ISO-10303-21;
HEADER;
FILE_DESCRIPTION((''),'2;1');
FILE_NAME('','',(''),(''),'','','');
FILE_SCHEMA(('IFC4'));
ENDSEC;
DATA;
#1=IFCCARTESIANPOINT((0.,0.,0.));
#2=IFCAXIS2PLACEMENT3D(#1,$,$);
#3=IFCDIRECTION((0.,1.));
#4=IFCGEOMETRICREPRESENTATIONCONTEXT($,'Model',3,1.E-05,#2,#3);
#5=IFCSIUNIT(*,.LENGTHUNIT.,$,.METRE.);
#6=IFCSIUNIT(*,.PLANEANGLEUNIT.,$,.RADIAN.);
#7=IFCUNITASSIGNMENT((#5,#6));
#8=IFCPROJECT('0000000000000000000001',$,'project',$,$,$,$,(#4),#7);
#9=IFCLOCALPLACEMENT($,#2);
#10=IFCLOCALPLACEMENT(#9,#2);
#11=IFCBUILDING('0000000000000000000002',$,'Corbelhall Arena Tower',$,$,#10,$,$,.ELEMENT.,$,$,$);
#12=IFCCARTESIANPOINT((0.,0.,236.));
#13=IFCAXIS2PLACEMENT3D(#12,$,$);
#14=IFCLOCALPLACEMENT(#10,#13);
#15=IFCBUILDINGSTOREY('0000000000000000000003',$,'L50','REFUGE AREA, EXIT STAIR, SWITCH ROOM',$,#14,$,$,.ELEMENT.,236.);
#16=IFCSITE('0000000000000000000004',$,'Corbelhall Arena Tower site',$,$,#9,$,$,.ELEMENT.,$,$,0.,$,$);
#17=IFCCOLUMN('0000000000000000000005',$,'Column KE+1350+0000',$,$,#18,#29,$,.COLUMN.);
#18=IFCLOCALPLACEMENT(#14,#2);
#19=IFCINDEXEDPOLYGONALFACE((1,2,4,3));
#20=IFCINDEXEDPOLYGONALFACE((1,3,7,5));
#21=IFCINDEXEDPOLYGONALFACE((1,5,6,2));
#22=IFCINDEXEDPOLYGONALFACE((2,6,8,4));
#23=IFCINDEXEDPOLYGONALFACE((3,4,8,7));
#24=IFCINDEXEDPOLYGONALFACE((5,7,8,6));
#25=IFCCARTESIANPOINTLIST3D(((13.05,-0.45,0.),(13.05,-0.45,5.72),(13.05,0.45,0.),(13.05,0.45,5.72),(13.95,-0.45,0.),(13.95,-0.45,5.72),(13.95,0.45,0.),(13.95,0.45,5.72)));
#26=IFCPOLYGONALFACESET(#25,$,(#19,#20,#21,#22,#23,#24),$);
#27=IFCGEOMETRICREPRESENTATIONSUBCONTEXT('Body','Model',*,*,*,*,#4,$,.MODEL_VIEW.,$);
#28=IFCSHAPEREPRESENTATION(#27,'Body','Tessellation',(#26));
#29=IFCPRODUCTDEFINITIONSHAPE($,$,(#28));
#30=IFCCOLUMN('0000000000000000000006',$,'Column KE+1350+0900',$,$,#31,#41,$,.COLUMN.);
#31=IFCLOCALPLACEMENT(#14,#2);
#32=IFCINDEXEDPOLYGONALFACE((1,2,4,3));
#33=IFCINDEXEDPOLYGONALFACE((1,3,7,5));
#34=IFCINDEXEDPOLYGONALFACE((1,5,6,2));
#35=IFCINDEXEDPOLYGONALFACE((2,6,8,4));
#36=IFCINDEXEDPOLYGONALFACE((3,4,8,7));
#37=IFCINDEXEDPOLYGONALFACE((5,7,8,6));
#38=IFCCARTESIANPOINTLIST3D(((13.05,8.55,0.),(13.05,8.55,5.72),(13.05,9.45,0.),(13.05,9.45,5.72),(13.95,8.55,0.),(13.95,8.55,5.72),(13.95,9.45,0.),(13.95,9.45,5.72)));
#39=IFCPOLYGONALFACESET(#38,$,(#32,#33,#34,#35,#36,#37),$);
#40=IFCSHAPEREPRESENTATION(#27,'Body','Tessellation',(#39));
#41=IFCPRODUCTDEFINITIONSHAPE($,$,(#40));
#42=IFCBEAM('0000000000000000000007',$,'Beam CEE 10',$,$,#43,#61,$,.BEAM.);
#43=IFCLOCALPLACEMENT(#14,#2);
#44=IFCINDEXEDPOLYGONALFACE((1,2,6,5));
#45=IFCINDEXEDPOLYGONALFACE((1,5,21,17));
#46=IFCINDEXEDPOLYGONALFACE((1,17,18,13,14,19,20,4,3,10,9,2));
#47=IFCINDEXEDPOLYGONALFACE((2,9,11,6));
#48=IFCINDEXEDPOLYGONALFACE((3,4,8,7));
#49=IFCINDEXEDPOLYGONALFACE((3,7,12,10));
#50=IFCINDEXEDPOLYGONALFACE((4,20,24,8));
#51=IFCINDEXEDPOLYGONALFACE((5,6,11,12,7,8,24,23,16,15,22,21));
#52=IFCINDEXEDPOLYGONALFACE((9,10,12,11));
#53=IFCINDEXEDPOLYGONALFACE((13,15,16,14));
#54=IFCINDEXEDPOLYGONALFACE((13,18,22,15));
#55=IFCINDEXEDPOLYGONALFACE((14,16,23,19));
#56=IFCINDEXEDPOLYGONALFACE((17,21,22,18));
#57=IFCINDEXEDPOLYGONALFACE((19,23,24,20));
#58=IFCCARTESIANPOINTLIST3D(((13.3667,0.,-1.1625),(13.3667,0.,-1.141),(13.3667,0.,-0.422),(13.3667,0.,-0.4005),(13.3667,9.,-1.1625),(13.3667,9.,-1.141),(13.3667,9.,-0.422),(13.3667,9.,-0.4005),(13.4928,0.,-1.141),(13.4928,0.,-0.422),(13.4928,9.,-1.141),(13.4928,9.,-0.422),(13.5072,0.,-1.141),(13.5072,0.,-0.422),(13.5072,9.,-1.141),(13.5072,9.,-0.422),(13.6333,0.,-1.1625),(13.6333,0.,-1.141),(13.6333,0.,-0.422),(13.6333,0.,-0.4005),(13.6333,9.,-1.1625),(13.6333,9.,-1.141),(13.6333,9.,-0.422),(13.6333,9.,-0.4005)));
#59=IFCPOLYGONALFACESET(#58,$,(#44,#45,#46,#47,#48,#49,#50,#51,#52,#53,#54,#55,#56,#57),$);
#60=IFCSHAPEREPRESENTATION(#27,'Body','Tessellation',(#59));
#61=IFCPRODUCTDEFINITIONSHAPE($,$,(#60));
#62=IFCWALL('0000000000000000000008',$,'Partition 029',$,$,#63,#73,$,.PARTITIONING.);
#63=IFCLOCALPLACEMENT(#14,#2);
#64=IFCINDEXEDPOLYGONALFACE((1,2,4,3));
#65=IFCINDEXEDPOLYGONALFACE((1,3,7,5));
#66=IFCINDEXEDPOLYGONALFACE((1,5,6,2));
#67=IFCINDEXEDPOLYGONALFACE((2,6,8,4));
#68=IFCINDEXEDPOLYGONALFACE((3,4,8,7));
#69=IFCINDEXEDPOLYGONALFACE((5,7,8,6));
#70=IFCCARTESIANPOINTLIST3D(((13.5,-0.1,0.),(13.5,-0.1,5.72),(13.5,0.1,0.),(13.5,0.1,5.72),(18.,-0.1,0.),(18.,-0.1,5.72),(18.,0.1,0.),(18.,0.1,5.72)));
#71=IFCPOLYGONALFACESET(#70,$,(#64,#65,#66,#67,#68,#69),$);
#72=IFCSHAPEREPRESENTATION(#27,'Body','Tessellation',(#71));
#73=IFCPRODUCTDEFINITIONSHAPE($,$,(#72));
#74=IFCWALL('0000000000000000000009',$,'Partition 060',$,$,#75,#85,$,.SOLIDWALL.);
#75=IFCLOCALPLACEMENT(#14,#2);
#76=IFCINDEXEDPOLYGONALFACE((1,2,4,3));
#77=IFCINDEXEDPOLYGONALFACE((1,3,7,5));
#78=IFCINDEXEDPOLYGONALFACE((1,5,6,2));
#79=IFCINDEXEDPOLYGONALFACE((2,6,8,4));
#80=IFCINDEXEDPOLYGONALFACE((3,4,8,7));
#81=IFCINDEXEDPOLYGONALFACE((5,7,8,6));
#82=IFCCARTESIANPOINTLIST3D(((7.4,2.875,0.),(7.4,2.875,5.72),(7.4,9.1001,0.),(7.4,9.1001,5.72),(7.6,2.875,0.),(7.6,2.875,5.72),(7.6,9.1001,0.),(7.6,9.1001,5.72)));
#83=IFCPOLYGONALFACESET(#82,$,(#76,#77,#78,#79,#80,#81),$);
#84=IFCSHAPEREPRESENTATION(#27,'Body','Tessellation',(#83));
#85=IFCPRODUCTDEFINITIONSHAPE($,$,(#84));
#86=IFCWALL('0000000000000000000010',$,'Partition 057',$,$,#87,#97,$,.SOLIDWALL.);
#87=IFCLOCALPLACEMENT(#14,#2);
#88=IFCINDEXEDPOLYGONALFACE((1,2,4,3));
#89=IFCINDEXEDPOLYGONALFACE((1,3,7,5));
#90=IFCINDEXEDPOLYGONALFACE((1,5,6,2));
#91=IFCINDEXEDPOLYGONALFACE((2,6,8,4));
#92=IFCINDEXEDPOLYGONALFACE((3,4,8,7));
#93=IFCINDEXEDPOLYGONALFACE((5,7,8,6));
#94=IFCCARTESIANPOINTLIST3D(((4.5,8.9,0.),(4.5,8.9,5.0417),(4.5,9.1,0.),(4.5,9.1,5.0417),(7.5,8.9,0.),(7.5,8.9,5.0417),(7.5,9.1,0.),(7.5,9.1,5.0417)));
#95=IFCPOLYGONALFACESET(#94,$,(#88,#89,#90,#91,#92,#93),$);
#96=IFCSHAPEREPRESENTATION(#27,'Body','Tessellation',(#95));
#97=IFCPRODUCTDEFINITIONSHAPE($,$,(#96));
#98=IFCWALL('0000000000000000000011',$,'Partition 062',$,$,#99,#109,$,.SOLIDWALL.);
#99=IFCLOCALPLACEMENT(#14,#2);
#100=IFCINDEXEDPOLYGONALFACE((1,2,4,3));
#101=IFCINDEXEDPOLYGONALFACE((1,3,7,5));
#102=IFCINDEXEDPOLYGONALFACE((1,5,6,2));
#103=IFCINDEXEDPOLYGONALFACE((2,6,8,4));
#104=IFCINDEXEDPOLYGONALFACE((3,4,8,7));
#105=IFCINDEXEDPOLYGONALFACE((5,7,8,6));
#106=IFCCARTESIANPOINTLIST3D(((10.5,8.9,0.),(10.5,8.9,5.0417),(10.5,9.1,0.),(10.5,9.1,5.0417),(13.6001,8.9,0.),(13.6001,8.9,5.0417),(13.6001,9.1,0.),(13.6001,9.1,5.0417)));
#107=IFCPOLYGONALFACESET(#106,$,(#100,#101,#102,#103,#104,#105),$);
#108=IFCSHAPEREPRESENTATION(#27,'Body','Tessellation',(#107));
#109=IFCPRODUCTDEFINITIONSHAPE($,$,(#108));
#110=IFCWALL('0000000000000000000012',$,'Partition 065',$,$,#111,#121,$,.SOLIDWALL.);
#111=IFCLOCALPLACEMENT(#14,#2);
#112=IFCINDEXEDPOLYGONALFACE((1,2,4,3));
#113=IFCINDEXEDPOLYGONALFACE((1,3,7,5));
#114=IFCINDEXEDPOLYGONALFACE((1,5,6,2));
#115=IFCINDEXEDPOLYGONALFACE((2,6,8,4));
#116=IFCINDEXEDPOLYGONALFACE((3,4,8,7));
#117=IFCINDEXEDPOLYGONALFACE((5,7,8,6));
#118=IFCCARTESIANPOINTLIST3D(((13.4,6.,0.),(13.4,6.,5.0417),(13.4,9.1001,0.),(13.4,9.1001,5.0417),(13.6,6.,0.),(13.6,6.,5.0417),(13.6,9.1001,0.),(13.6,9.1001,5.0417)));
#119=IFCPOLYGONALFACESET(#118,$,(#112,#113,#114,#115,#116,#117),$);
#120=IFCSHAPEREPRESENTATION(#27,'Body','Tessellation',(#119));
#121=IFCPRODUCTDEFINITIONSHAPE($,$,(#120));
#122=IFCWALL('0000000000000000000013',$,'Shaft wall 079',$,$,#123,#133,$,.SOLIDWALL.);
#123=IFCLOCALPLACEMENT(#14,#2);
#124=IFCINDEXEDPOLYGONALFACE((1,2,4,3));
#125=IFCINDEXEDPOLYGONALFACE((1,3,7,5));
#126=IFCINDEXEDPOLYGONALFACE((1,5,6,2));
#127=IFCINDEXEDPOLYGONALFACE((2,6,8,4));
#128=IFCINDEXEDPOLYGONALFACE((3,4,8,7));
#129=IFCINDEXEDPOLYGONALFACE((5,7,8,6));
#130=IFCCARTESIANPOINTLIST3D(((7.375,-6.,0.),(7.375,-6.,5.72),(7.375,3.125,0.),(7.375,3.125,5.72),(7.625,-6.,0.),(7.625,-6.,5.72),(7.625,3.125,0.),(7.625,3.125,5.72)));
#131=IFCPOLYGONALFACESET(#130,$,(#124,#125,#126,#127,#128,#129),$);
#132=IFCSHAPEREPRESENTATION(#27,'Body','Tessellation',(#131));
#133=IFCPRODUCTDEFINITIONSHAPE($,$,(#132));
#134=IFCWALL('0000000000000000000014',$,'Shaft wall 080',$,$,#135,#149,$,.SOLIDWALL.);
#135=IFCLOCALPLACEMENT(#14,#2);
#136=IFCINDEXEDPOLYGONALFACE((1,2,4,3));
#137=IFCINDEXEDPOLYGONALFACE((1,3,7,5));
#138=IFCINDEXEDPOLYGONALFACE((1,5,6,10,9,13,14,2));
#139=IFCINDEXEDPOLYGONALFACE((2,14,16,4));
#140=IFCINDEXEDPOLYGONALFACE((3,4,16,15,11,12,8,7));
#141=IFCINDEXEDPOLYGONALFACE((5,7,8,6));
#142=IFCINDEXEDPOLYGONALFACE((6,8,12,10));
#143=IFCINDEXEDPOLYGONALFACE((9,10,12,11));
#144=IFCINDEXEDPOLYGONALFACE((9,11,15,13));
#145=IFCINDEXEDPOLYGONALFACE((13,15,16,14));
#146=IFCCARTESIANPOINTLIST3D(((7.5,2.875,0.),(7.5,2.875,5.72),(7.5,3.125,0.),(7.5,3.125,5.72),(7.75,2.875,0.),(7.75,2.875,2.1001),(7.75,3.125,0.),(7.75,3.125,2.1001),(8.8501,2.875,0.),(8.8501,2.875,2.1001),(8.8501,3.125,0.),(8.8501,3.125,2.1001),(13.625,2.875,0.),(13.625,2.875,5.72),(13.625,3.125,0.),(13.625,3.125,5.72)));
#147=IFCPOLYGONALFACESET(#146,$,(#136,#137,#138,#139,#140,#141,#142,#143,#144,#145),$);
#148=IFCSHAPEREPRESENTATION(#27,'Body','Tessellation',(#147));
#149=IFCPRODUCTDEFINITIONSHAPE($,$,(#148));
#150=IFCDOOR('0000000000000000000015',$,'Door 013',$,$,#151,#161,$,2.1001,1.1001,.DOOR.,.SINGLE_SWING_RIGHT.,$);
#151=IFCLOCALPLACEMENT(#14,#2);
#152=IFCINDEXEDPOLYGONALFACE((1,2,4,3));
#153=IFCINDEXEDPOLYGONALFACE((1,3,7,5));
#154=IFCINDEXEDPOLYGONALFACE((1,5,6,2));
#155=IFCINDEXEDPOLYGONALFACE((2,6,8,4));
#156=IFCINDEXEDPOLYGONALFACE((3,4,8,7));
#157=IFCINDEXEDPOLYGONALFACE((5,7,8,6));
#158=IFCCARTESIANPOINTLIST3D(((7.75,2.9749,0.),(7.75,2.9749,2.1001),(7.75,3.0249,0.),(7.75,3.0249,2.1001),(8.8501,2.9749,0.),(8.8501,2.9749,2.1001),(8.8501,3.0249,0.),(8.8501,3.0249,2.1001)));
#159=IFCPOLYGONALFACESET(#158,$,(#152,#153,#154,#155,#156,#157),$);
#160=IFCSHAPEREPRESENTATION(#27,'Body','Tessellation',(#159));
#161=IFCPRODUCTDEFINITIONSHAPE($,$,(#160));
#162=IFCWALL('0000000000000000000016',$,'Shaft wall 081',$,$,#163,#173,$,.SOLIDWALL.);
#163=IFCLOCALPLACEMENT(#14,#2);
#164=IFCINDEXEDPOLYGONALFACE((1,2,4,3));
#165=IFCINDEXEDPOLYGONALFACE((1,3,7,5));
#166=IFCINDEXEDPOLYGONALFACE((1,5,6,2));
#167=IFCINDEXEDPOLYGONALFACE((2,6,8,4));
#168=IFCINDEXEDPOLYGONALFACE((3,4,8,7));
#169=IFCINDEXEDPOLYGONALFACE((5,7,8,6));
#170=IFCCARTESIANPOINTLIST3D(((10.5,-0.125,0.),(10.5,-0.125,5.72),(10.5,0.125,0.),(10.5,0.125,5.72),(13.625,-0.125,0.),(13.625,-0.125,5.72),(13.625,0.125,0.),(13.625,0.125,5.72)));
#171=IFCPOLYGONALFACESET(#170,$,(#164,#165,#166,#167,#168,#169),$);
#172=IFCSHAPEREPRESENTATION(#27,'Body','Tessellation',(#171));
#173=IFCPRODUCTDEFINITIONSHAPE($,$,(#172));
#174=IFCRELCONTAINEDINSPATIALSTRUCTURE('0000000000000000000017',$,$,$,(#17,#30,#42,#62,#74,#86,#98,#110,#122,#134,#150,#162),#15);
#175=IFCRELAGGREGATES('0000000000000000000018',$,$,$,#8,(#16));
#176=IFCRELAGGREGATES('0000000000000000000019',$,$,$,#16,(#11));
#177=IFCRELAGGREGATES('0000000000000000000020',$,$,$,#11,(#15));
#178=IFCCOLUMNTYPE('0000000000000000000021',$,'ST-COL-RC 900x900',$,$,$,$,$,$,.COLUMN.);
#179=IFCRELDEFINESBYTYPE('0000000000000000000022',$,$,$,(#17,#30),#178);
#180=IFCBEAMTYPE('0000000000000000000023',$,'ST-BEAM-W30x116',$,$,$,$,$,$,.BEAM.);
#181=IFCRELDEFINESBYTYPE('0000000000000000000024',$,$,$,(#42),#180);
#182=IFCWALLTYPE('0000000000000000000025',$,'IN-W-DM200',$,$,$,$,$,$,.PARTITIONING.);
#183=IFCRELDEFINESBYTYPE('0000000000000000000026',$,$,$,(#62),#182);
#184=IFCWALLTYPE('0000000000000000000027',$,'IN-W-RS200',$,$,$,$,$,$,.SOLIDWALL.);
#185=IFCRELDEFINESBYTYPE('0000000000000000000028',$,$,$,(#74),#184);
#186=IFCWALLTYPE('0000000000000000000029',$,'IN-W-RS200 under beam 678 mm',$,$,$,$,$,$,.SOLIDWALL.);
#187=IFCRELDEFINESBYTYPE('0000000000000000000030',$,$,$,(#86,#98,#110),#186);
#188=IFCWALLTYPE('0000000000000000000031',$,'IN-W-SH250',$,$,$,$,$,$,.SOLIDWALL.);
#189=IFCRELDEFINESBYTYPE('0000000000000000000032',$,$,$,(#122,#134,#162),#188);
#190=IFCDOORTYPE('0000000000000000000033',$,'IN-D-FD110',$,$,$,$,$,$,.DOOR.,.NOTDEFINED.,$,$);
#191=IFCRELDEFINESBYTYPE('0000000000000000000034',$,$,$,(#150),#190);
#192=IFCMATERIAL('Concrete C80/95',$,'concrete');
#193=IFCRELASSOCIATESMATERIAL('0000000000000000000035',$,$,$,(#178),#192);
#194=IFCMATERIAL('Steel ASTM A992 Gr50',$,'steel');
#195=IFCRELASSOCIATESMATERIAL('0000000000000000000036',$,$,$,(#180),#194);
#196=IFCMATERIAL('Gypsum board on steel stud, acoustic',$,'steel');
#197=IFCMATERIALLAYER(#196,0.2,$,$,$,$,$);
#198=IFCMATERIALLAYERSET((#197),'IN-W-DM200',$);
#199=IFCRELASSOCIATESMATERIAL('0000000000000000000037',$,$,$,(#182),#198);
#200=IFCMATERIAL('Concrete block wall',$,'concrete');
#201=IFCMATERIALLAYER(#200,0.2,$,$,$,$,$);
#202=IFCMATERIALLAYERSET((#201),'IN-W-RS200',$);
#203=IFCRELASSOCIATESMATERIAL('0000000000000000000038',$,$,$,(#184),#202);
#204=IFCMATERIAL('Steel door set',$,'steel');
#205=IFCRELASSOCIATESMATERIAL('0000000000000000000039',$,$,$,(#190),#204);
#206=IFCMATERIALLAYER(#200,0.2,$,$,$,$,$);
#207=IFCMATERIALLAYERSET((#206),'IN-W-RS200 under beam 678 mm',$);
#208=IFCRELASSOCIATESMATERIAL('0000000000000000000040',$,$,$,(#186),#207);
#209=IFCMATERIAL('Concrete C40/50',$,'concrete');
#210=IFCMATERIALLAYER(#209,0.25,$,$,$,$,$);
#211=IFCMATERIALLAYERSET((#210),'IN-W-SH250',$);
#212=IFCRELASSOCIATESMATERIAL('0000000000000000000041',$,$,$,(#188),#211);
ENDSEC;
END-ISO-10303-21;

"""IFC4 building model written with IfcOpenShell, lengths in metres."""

from ifc_helpers import new_model, si_unit, direction, frame, frame_2d, origin, origin_2d, place, context, subcontext, project, spatial, rectangle, i_section, extrude, material, layer, layer_set, material_profile, profile_set, type_object, element, fill, save


model = new_model("IFC4")

# Units and contexts
model_context = context("Model", 3, precision=1e-05, world=origin(), true_north=direction((0.0, 1.0)))
body_context = subcontext(model_context, "Body", "Model", "MODEL_VIEW")
ifc_project = project(units=[si_unit("LENGTHUNIT", "METRE"), si_unit("PLANEANGLEUNIT", "RADIAN")], contexts=[model_context])

# Site, building, storey
site_placement = place(None, origin())
site = spatial("IfcSite", under=ifc_project, at=site_placement, Name="Corbelhall Arena Tower site", CompositionType="ELEMENT", RefElevation=0.0)
building_placement = place(site_placement, origin())
building = spatial("IfcBuilding", under=site, at=building_placement, Name="Corbelhall Arena Tower", CompositionType="ELEMENT")
storey_placement = place(building_placement, frame((0.0, 0.0, 236.0)))
storey = spatial("IfcBuildingStorey", under=building, at=storey_placement, Name="L50", Description="REFUGE AREA, EXIT STAIR, SWITCH ROOM", CompositionType="ELEMENT", Elevation=236.0)

# Columns
ifc_material_1 = material(Name="Concrete C80/95", Category="concrete")
ifc_material_profile_1 = material_profile(ifc_material_1, rectangle(XDim=0.8999, YDim=0.8999, at=origin_2d()))
ifc_profile_set_1 = profile_set([ifc_material_profile_1], Name="Concrete C80/95")
column_type = type_object("IfcColumnType", Name="ST-COL-RC 900x900", PredefinedType="COLUMN", material=ifc_profile_set_1)
for number, where, z_axis, x_axis, name in (
    (1, (13.5, 0.0, 0.0), (0.0, 0.0, 1.0), (1.0, 0.0, 0.0), "Column KE+1350+0000"),
    (2, (13.5, 9.0, 0.0), (0.0, 0.0, 1.0), (1.0, 0.0, 0.0), "Column KE+1350+0900"),
):
    element("IfcColumn", number, at=place(storey_placement, frame(where, z_axis=z_axis, x_axis=x_axis)), inside=storey, type_object=column_type, Name=name, PredefinedType="COLUMN", context=body_context, shape_type="SweptSolid", body=[
        extrude(rectangle(XDim=0.8999, YDim=0.8999, at=origin_2d()), origin(), (0.0, 0.0, 1.0), 5.72),
    ])

# Beam
ifc_material_2 = material(Name="Steel ASTM A992 Gr50", Category="steel")
ifc_material_profile_2 = material_profile(ifc_material_2, i_section(OverallWidth=0.2666, OverallDepth=0.762, WebThickness=0.0144, FlangeThickness=0.0215, at=origin_2d()))
ifc_profile_set_2 = profile_set([ifc_material_profile_2], Name="Steel ASTM A992 Gr50")
beam_type = type_object("IfcBeamType", Name="ST-BEAM-W30x116", PredefinedType="BEAM", material=ifc_profile_set_2)
beam_placement = place(storey_placement, frame((13.5, 0.0, -0.7815), z_axis=(0.0, 1.0, 0.0), x_axis=(-1.0, 0.0, 0.0)))
element("IfcBeam", 3, at=beam_placement, inside=storey, type_object=beam_type, Name="Beam CEE 10", PredefinedType="BEAM", context=body_context, shape_type="SweptSolid", body=[
    extrude(i_section(OverallWidth=0.2666, OverallDepth=0.762, WebThickness=0.0144, FlangeThickness=0.0215, at=origin_2d()), origin(), (0.0, 0.0, 1.0), 9.0),
])

# Walls
ifc_material_3 = material(Name="Gypsum board on steel stud, acoustic", Category="steel")
ifc_layer_1 = layer(ifc_material_3, 0.2)
ifc_layer_set_1 = layer_set([ifc_layer_1], Name="IN-W-DM200")
wall_type_1 = type_object("IfcWallType", Name="IN-W-DM200", PredefinedType="PARTITIONING", material=ifc_layer_set_1)
wall_1_placement = place(storey_placement, frame((13.5, 0.0, 0.0), z_axis=(0.0, 0.0, 1.0), x_axis=(1.0, 0.0, 0.0)))
element("IfcWall", 4, at=wall_1_placement, inside=storey, type_object=wall_type_1, Name="Partition 029", PredefinedType="PARTITIONING", context=body_context, shape_type="SweptSolid", body=[
    extrude(rectangle(XDim=4.5, YDim=0.2, at=frame_2d((2.25, 0.0))), origin(), (0.0, 0.0, 1.0), 5.72),
])
ifc_material_4 = material(Name="Concrete block wall", Category="concrete")
ifc_layer_2 = layer(ifc_material_4, 0.2)
ifc_layer_set_2 = layer_set([ifc_layer_2], Name="IN-W-RS200")
wall_type_2 = type_object("IfcWallType", Name="IN-W-RS200", PredefinedType="SOLIDWALL", material=ifc_layer_set_2)
wall_2_placement = place(storey_placement, frame((7.5, 9.1001, 0.0), z_axis=(0.0, 0.0, 1.0), x_axis=(0.0, -1.0, 0.0)))
element("IfcWall", 5, at=wall_2_placement, inside=storey, type_object=wall_type_2, Name="Partition 060", PredefinedType="SOLIDWALL", context=body_context, shape_type="SweptSolid", body=[
    extrude(rectangle(XDim=6.2251, YDim=0.2, at=frame_2d((3.1125, 0.0))), origin(), (0.0, 0.0, 1.0), 5.72),
])

# Shared definitions
ifc_material_5 = material(Name="Steel door set", Category="steel")
door_type_1 = type_object("IfcDoorType", Name="IN-D-FD110", OperationType="NOTDEFINED", PredefinedType="DOOR", material=ifc_material_5)

# Walls
ifc_layer_3 = layer(ifc_material_4, 0.2)
ifc_layer_set_3 = layer_set([ifc_layer_3], Name="IN-W-RS200 under beam 678 mm")
wall_type_3 = type_object("IfcWallType", Name="IN-W-RS200 under beam 678 mm", PredefinedType="SOLIDWALL", material=ifc_layer_set_3)
wall_3_placement = place(storey_placement, frame((4.5, 9.0, 0.0), z_axis=(0.0, 0.0, 1.0), x_axis=(1.0, 0.0, 0.0)))
element("IfcWall", 6, at=wall_3_placement, inside=storey, type_object=wall_type_3, Name="Partition 057", PredefinedType="SOLIDWALL", context=body_context, shape_type="SweptSolid", body=[
    extrude(rectangle(XDim=3.0, YDim=0.2, at=frame_2d((1.5, 0.0))), origin(), (0.0, 0.0, 1.0), 5.0417),
])
for number, where, z_axis, x_axis, name in (
    (7, (10.5, 9.0, 0.0), (0.0, 0.0, 1.0), (1.0, 0.0, 0.0), "Partition 062"),
    (8, (13.5, 9.1001, 0.0), (0.0, 0.0, 1.0), (0.0, -1.0, 0.0), "Partition 065"),
):
    element("IfcWall", number, at=place(storey_placement, frame(where, z_axis=z_axis, x_axis=x_axis)), inside=storey, type_object=wall_type_3, Name=name, PredefinedType="SOLIDWALL", context=body_context, shape_type="SweptSolid", body=[
        extrude(rectangle(XDim=3.1001, YDim=0.2, at=frame_2d((1.55, 0.0))), origin(), (0.0, 0.0, 1.0), 5.0417),
    ])
ifc_material_6 = material(Name="Concrete C40/50", Category="concrete")
ifc_layer_4 = layer(ifc_material_6, 0.25)
ifc_layer_set_4 = layer_set([ifc_layer_4], Name="IN-W-SH250")
wall_type_4 = type_object("IfcWallType", Name="IN-W-SH250", PredefinedType="SOLIDWALL", material=ifc_layer_set_4)
wall_4_placement = place(storey_placement, frame((7.5, 3.125, 0.0), z_axis=(0.0, 0.0, 1.0), x_axis=(0.0, -1.0, 0.0)))
element("IfcWall", 9, at=wall_4_placement, inside=storey, type_object=wall_type_4, Name="Shaft wall 079", PredefinedType="SOLIDWALL", context=body_context, shape_type="SweptSolid", body=[
    extrude(rectangle(XDim=9.125, YDim=0.25, at=frame_2d((4.5625, 0.0))), origin(), (0.0, 0.0, 1.0), 5.72),
])

# Wall, opening, door
wall_5_placement = place(storey_placement, frame((7.5, 3.0, 0.0), z_axis=(0.0, 0.0, 1.0), x_axis=(1.0, 0.0, 0.0)))
wall_5 = element("IfcWall", 10, at=wall_5_placement, inside=storey, type_object=wall_type_4, Name="Shaft wall 080", PredefinedType="SOLIDWALL", context=body_context, shape_type="SweptSolid", body=[
    extrude(rectangle(XDim=6.125, YDim=0.25, at=frame_2d((3.0625, 0.0))), origin(), (0.0, 0.0, 1.0), 5.72),
])
opening_1_placement = place(wall_5_placement, frame((0.25, 0.0, 0.0)))
opening_1 = element("IfcOpeningElement", 11, at=opening_1_placement, cuts=wall_5, PredefinedType="OPENING", context=body_context, shape_type="SweptSolid", body=[
    extrude(rectangle(XDim=1.1001, YDim=2.1001, at=frame_2d((0.55, 1.05))), frame((0.0, 0.125, 0.0), z_axis=(0.0, -1.0, 0.0), x_axis=(1.0, 0.0, 0.0)), (0.0, 0.0, 1.0), 0.25),
])
door_1_placement = place(opening_1_placement, origin())
door_1 = element("IfcDoor", 12, at=door_1_placement, inside=storey, type_object=door_type_1, Name="Door 013", OperationType="SINGLE_SWING_RIGHT", OverallHeight=2.1001, OverallWidth=1.1001, PredefinedType="DOOR", context=body_context, shape_type="SweptSolid", body=[
    extrude(rectangle(XDim=1.1001, YDim=2.1001, at=frame_2d((0.55, 1.05))), frame((0.0, 0.0249, 0.0), z_axis=(0.0, -1.0, 0.0), x_axis=(1.0, 0.0, 0.0)), (0.0, 0.0, 1.0), 0.05),
])
fill(opening_1, door_1)

# Wall
wall_6_placement = place(storey_placement, frame((10.5, 0.0, 0.0), z_axis=(0.0, 0.0, 1.0), x_axis=(1.0, 0.0, 0.0)))
element("IfcWall", 13, at=wall_6_placement, inside=storey, type_object=wall_type_4, Name="Shaft wall 081", PredefinedType="SOLIDWALL", context=body_context, shape_type="SweptSolid", body=[
    extrude(rectangle(XDim=3.125, YDim=0.25, at=frame_2d((1.5625, 0.0))), origin(), (0.0, 0.0, 1.0), 5.72),
])

save(model, "model.ifc")
